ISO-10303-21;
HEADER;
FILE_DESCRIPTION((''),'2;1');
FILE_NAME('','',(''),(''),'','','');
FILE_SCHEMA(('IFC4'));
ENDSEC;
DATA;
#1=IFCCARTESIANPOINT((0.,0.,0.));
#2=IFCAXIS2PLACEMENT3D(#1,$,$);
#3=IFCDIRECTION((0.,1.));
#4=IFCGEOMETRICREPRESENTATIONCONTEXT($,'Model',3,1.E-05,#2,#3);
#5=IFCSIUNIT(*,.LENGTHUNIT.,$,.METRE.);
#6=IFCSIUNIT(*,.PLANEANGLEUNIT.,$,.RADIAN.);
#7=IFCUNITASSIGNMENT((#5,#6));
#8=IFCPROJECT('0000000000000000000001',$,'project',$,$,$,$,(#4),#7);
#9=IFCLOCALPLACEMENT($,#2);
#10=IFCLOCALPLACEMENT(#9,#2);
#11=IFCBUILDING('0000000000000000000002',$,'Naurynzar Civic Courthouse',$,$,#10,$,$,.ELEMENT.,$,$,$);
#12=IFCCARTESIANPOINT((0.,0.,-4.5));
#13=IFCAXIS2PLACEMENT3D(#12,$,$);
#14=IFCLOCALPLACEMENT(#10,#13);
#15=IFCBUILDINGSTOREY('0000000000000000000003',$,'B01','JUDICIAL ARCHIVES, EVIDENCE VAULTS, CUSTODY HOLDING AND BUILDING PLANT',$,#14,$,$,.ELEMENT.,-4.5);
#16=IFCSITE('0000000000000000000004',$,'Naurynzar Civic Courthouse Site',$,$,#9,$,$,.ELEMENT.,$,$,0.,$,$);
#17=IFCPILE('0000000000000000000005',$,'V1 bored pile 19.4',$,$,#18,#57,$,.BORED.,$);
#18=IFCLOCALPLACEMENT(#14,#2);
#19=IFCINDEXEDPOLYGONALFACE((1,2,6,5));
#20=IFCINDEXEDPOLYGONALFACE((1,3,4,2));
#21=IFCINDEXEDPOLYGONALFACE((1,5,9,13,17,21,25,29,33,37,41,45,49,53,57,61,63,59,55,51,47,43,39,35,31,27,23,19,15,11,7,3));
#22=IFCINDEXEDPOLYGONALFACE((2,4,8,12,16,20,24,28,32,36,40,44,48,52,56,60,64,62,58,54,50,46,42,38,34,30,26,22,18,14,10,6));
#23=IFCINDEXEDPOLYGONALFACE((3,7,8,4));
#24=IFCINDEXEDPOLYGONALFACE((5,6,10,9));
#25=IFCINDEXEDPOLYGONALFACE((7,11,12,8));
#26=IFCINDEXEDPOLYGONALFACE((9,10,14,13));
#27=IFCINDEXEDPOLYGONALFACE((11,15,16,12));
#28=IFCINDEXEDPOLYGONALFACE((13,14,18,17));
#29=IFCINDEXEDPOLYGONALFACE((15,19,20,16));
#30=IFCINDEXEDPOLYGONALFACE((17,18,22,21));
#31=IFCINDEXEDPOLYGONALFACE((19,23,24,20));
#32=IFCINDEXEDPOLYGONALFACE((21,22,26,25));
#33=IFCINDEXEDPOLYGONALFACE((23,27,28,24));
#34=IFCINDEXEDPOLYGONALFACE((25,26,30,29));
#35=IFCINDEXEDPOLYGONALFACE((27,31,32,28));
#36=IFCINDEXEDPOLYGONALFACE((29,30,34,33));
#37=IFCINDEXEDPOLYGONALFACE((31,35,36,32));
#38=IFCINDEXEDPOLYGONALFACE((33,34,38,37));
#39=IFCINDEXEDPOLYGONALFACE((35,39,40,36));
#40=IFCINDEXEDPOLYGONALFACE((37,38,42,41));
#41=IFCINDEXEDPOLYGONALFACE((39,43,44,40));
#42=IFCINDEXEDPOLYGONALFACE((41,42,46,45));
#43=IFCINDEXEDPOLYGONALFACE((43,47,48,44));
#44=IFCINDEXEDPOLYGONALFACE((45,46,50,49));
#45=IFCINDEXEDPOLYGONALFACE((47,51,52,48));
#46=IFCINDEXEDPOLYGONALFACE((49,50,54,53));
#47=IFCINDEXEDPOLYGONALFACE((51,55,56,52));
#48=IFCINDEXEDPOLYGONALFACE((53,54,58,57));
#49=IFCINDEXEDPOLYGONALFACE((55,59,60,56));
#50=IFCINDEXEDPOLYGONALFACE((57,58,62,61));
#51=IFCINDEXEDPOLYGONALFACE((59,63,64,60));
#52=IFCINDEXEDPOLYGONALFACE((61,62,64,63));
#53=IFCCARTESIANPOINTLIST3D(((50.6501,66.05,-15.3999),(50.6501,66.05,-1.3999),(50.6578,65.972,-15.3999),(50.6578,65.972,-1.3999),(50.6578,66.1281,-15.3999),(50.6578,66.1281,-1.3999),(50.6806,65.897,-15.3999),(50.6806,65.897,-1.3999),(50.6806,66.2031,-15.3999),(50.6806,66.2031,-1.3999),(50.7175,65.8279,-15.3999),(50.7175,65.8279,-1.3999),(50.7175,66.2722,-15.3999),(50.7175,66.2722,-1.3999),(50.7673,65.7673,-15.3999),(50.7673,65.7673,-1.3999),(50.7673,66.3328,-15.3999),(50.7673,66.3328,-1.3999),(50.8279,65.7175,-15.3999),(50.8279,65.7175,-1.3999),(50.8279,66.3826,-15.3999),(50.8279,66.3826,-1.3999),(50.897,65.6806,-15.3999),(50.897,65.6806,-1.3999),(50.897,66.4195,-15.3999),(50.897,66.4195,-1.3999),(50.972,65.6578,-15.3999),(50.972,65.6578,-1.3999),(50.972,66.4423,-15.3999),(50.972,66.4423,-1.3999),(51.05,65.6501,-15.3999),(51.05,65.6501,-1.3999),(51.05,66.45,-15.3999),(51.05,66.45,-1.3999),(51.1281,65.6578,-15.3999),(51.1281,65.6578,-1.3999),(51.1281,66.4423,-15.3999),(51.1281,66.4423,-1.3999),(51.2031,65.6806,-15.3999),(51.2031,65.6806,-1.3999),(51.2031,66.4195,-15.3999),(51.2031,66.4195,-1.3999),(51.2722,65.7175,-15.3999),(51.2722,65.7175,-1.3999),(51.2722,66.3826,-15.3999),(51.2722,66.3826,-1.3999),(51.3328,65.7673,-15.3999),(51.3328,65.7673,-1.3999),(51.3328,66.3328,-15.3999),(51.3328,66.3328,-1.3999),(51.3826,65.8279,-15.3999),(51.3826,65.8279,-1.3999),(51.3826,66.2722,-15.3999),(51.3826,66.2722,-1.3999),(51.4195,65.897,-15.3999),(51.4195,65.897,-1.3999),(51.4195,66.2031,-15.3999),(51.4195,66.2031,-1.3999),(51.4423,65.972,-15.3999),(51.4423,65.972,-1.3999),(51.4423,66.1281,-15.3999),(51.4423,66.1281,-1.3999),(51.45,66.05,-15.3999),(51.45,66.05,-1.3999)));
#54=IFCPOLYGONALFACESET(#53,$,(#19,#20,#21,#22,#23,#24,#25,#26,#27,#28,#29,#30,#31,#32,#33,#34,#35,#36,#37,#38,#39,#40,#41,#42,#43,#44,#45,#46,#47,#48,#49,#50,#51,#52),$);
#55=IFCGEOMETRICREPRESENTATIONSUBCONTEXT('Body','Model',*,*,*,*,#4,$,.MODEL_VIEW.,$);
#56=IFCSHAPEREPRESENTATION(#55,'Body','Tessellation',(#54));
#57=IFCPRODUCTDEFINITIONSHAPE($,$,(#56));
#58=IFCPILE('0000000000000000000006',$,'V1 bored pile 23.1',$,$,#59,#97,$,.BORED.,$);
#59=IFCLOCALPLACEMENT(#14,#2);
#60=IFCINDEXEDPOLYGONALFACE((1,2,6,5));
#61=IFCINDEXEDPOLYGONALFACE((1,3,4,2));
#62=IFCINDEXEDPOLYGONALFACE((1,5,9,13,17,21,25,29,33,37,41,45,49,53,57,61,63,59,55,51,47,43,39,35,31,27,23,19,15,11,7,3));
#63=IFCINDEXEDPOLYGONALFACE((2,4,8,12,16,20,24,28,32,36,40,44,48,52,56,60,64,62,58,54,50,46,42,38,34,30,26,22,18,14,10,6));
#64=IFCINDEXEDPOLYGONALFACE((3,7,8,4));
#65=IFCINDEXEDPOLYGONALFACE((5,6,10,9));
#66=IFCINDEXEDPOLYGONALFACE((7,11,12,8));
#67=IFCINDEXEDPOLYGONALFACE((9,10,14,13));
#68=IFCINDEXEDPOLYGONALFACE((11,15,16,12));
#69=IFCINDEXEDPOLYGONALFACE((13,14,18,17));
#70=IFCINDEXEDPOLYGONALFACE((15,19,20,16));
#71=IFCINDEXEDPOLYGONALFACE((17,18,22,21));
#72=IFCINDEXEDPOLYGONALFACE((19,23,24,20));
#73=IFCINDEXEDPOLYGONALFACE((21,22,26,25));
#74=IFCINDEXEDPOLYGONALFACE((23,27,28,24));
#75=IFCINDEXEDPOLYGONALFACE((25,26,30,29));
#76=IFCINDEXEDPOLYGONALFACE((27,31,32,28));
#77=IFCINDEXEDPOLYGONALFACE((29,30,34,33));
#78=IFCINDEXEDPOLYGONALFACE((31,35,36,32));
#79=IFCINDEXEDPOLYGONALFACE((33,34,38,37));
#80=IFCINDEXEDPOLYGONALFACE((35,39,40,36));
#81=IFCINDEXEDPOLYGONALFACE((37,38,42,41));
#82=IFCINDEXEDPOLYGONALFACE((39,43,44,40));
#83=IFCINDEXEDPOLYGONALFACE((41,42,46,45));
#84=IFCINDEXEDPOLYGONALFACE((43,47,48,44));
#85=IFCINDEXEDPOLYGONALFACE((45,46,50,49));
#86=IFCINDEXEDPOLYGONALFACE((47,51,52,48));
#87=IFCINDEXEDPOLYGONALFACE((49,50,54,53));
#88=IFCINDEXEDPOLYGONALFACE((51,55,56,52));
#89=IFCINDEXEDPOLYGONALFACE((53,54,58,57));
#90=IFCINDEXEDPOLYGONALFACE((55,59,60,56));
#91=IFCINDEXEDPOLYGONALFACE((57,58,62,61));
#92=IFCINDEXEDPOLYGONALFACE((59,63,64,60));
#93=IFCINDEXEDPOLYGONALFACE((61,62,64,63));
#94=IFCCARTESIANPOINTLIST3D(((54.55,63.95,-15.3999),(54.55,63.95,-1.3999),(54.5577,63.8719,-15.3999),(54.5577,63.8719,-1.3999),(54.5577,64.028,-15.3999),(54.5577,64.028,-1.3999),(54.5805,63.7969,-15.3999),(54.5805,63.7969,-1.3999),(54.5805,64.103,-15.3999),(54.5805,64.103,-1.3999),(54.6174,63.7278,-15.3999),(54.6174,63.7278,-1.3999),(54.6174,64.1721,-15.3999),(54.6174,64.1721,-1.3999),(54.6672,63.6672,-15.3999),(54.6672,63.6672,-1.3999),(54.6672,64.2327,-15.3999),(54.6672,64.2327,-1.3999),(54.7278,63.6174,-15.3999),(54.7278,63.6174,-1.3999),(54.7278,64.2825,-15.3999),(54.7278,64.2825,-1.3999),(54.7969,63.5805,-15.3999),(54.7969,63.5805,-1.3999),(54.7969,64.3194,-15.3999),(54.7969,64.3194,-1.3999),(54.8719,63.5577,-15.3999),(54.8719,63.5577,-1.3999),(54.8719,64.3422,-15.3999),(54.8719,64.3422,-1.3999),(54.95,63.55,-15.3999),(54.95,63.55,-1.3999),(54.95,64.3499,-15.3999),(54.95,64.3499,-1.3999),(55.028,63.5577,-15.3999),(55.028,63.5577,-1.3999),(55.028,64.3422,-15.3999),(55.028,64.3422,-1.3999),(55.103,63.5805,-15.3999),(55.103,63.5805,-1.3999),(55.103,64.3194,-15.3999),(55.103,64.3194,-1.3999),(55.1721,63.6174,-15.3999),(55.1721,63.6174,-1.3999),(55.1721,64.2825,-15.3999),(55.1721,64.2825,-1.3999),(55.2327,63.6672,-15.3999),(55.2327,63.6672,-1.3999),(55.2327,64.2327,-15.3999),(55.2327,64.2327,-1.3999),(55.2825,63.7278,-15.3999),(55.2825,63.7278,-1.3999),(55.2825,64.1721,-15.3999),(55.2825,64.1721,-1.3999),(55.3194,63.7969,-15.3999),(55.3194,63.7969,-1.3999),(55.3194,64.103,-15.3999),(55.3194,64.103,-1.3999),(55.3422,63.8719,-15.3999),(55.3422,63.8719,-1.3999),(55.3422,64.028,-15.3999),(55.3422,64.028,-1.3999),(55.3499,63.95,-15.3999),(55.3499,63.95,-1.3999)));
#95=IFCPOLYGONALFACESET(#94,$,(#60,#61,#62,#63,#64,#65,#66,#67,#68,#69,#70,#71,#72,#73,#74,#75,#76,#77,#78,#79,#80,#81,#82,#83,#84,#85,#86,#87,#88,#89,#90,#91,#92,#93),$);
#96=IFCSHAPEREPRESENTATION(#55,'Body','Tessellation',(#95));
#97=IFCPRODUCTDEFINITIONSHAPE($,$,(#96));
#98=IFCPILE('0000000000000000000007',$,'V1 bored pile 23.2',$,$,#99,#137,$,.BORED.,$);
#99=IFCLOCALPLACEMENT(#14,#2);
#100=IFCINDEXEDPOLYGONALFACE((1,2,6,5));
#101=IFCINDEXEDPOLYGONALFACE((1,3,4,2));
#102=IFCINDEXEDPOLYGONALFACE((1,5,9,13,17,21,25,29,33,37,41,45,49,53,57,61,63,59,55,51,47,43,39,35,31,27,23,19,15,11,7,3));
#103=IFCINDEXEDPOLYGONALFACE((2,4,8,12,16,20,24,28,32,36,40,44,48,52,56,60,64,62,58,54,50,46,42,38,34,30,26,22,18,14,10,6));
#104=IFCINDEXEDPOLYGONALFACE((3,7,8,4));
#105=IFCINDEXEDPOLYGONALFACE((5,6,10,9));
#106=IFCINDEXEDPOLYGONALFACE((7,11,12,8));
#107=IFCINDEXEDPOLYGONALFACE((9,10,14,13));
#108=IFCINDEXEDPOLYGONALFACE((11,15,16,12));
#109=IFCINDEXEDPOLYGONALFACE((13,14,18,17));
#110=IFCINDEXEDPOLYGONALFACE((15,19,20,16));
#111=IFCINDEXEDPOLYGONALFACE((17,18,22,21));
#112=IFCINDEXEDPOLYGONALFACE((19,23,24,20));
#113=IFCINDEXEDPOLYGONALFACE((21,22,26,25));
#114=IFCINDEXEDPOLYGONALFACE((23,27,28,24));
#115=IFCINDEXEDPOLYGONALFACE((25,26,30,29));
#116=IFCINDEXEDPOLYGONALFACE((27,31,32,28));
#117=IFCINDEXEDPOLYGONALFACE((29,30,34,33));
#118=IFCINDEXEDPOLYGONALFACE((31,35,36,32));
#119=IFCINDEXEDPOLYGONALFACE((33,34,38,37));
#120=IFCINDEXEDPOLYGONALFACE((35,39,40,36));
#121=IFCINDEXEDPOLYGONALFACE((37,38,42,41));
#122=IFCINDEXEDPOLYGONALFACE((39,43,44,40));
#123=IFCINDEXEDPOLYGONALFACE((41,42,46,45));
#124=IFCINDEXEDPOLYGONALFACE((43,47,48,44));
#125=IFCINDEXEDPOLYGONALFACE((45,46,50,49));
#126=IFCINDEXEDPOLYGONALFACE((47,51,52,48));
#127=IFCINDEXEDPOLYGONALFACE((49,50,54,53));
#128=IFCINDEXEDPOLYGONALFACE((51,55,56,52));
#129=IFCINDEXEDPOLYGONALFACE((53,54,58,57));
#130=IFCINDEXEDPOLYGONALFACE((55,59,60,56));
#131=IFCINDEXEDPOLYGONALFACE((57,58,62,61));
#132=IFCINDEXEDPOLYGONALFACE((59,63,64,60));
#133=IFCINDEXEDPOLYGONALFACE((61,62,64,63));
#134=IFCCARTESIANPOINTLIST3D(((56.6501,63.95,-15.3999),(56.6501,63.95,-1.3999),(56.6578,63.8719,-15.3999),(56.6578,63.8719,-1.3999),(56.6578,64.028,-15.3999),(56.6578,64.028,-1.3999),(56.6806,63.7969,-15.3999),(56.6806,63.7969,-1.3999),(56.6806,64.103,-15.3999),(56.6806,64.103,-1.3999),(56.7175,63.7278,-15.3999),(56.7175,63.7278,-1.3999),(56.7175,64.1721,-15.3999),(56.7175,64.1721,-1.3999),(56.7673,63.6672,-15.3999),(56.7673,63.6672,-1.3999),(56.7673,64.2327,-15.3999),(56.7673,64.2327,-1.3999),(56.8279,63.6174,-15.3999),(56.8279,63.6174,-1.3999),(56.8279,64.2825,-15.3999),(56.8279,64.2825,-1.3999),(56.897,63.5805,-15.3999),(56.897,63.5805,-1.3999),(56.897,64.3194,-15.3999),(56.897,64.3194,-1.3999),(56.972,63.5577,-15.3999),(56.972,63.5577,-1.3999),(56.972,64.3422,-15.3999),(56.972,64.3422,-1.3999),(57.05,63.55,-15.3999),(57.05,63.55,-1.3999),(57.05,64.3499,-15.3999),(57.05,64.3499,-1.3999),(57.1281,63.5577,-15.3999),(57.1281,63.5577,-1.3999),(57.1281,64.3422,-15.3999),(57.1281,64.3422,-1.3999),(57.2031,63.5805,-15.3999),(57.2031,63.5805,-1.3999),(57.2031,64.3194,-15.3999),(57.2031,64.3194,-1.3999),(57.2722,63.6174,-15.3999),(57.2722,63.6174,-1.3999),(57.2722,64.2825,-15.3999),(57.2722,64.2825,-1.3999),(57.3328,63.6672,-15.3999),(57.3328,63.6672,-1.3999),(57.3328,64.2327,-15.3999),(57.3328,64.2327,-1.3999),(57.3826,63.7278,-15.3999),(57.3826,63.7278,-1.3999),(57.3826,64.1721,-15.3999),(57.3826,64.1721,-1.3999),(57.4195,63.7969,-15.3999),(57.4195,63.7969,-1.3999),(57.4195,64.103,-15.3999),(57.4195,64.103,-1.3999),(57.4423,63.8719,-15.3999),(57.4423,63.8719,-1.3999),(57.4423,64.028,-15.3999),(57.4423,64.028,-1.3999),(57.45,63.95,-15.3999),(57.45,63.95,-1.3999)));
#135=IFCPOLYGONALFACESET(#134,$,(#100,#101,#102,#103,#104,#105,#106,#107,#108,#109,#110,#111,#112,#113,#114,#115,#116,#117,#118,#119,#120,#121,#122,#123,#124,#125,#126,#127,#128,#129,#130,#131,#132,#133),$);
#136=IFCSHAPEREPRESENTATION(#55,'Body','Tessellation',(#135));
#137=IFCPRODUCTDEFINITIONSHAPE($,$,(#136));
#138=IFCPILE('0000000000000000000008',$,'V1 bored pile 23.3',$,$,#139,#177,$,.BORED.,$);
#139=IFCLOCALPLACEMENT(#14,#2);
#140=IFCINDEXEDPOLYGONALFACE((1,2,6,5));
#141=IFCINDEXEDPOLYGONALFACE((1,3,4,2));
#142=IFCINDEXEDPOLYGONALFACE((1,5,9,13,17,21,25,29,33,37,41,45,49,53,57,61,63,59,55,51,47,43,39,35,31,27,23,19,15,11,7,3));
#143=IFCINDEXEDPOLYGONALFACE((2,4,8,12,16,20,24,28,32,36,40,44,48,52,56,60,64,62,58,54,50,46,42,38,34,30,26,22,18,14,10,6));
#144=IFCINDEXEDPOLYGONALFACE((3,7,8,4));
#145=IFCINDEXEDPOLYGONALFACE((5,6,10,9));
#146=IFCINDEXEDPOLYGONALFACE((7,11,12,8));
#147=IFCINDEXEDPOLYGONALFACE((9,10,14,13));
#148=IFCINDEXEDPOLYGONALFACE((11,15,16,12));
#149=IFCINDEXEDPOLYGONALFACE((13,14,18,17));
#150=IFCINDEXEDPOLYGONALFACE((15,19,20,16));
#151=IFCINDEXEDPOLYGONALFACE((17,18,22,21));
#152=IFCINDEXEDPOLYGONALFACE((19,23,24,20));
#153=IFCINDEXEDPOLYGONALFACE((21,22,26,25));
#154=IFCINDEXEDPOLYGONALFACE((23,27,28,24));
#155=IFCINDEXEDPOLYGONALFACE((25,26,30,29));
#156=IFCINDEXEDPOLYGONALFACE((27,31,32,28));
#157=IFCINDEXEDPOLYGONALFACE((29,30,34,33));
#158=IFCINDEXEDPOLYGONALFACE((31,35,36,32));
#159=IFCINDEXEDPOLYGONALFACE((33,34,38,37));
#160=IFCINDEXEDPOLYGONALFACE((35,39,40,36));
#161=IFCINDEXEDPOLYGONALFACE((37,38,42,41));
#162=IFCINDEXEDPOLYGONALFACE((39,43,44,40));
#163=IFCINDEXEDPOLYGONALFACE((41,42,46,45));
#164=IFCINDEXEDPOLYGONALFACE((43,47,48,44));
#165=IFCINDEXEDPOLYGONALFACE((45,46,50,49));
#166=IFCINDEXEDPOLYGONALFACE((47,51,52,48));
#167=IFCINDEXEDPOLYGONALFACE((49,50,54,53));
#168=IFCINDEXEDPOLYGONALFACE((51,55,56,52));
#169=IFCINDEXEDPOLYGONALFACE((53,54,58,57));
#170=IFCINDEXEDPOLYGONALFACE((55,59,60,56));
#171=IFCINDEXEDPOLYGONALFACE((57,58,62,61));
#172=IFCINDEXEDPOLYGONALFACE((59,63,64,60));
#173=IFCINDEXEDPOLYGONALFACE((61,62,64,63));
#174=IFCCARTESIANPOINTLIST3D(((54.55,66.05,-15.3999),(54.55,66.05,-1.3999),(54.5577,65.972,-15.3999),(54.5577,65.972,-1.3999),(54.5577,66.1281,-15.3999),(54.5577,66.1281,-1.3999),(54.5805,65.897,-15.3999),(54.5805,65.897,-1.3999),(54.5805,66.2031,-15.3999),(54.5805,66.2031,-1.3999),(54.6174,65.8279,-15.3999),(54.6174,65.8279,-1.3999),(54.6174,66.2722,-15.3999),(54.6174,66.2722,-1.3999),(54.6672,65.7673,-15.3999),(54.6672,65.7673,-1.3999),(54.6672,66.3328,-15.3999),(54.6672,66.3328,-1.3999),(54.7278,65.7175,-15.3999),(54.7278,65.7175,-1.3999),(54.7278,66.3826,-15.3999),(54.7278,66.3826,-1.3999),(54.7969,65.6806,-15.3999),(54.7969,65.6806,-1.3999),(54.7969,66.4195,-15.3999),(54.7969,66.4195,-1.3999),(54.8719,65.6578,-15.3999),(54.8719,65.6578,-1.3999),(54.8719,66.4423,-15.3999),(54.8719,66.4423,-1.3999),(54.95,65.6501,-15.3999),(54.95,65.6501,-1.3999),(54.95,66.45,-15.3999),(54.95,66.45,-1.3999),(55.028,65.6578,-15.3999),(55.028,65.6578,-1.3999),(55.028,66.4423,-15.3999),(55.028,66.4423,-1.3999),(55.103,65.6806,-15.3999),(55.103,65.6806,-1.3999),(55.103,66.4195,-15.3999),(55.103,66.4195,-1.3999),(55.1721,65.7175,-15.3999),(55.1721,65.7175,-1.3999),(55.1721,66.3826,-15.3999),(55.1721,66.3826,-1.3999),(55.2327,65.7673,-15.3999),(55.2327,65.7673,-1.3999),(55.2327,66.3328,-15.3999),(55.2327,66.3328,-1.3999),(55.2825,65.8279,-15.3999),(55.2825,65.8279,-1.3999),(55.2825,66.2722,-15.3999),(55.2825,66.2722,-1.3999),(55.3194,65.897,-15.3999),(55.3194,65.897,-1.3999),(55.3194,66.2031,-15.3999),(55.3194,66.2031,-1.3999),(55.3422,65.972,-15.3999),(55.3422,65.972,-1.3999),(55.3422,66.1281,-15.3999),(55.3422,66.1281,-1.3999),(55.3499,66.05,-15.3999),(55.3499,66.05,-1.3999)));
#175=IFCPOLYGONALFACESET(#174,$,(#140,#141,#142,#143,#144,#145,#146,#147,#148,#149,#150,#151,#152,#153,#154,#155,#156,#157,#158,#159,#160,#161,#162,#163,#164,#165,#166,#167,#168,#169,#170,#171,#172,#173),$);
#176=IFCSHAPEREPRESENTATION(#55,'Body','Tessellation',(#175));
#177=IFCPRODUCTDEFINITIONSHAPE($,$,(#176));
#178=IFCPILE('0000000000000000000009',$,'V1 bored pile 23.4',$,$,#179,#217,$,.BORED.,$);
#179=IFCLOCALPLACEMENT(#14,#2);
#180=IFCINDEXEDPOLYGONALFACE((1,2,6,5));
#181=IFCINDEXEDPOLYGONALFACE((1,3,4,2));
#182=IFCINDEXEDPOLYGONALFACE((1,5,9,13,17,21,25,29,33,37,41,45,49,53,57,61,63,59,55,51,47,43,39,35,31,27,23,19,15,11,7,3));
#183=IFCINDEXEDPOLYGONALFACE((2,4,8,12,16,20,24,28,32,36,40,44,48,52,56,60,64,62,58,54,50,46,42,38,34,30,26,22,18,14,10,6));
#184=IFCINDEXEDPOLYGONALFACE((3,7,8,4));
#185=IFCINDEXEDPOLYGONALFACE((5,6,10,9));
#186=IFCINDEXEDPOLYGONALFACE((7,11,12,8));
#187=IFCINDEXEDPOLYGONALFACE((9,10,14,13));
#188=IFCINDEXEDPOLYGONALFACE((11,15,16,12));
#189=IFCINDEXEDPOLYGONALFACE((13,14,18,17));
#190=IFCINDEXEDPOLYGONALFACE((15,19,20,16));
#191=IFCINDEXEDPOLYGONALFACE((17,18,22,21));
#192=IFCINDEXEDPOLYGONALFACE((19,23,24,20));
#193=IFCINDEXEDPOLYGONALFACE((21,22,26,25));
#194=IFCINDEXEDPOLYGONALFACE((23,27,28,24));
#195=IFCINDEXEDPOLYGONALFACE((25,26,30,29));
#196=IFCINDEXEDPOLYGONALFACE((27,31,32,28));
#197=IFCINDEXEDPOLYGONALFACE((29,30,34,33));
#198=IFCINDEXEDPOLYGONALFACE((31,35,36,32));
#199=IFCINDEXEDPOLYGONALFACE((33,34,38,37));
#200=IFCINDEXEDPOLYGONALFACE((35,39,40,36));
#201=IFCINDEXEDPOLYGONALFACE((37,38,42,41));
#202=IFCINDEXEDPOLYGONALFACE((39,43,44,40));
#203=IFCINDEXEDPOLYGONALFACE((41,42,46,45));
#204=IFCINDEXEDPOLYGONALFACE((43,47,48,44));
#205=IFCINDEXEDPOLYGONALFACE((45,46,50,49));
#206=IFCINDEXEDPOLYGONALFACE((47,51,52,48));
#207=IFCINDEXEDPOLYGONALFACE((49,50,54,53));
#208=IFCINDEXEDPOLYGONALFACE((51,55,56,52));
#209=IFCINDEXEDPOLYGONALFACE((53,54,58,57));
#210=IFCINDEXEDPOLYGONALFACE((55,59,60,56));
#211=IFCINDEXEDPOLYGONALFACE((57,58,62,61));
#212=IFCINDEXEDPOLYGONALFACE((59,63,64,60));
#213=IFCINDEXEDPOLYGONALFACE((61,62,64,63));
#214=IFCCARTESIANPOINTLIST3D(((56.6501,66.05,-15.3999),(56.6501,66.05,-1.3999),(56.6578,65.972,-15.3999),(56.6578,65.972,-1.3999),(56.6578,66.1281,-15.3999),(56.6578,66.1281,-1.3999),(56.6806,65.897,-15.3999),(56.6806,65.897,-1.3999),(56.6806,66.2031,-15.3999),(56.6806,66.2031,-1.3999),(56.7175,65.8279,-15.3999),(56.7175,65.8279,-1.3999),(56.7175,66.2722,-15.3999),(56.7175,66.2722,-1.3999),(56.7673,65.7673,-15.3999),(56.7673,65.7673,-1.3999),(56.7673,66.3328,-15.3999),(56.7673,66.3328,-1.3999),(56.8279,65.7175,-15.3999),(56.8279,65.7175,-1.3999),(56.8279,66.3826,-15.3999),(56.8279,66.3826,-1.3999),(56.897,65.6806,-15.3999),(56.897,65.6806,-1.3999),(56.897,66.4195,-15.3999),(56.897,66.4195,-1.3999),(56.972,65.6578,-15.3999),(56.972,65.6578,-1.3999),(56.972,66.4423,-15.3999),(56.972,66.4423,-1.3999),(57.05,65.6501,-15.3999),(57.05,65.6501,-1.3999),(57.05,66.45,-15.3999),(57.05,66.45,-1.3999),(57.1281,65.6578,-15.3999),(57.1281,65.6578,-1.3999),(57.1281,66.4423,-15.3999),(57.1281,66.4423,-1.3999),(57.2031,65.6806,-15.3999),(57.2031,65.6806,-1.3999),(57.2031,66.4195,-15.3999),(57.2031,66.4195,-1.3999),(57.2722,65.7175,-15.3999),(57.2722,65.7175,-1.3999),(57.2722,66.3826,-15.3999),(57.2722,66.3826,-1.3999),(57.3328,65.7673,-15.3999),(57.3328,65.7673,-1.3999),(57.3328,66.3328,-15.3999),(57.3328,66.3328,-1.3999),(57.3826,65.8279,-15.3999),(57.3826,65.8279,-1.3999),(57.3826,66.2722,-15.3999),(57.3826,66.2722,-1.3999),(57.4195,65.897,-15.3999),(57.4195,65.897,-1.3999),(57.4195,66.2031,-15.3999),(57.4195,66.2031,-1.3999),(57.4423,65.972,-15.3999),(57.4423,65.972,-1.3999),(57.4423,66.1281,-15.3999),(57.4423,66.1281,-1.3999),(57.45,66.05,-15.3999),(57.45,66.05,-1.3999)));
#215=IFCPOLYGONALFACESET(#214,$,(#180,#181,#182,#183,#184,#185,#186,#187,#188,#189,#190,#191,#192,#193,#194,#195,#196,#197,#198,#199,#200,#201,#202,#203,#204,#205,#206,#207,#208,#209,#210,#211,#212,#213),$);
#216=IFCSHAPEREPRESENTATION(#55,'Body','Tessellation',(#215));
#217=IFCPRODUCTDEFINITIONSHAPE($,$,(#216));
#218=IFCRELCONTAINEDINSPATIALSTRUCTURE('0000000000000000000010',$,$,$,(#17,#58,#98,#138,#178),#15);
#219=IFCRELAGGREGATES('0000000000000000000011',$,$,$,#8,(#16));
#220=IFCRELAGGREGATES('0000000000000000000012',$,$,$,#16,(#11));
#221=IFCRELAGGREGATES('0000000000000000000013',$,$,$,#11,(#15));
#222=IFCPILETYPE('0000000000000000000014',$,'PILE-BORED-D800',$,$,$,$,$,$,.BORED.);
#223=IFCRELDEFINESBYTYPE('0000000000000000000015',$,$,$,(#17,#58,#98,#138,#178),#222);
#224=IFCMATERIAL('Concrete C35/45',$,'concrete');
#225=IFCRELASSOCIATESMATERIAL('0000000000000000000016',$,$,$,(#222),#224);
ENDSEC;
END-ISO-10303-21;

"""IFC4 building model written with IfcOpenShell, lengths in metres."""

from ifc_helpers import new_model, si_unit, direction, frame, origin, origin_2d, place, context, subcontext, project, spatial, circle, extrude, material, material_profile, profile_set, type_object, element, save


model = new_model("IFC4")

# Units and contexts
model_context = context("Model", 3, precision=1e-05, world=origin(), true_north=direction((0.0, 1.0)))
body_context = subcontext(model_context, "Body", "Model", "MODEL_VIEW")
ifc_project = project(units=[si_unit("LENGTHUNIT", "METRE"), si_unit("PLANEANGLEUNIT", "RADIAN")], contexts=[model_context])

# Site, building, storey
site_placement = place(None, origin())
site = spatial("IfcSite", under=ifc_project, at=site_placement, Name="Naurynzar Civic Courthouse Site", CompositionType="ELEMENT", RefElevation=0.0)
building_placement = place(site_placement, origin())
building = spatial("IfcBuilding", under=site, at=building_placement, Name="Naurynzar Civic Courthouse", CompositionType="ELEMENT")
storey_placement = place(building_placement, frame((0.0, 0.0, -4.5)))
storey = spatial("IfcBuildingStorey", under=building, at=storey_placement, Name="B01", Description="JUDICIAL ARCHIVES, EVIDENCE VAULTS, CUSTODY HOLDING AND BUILDING PLANT", CompositionType="ELEMENT", Elevation=-4.5)

# Piles
ifc_material_1 = material(Name="Concrete C35/45", Category="concrete")
ifc_material_profile_1 = material_profile(ifc_material_1, circle(Radius=0.3999, at=origin_2d()), Name="PILE D800")
ifc_profile_set_1 = profile_set([ifc_material_profile_1], Name="Concrete C35/45")
pile_type_1 = type_object("IfcPileType", Name="PILE-BORED-D800", PredefinedType="BORED", material=ifc_profile_set_1)
for number, where, z_axis, x_axis, name in (
    (1, (51.05, 66.05, -1.3999), (0.0, 0.0, -1.0), (1.0, 0.0, 0.0), "V1 bored pile 19.4"),
    (2, (54.95, 63.95, -1.3999), (0.0, 0.0, -1.0), (1.0, 0.0, 0.0), "V1 bored pile 23.1"),
    (3, (57.05, 63.95, -1.3999), (0.0, 0.0, -1.0), (1.0, 0.0, 0.0), "V1 bored pile 23.2"),
    (4, (54.95, 66.05, -1.3999), (0.0, 0.0, -1.0), (1.0, 0.0, 0.0), "V1 bored pile 23.3"),
    (5, (57.05, 66.05, -1.3999), (0.0, 0.0, -1.0), (1.0, 0.0, 0.0), "V1 bored pile 23.4"),
):
    element("IfcPile", number, at=place(storey_placement, frame(where, z_axis=z_axis, x_axis=x_axis)), inside=storey, type_object=pile_type_1, Name=name, PredefinedType="BORED", context=body_context, shape_type="SweptSolid", body=[
        extrude(circle(Radius=0.3999, at=origin_2d()), origin(), (0.0, 0.0, 1.0), 14.0),
    ])

save(model, "model.ifc")
